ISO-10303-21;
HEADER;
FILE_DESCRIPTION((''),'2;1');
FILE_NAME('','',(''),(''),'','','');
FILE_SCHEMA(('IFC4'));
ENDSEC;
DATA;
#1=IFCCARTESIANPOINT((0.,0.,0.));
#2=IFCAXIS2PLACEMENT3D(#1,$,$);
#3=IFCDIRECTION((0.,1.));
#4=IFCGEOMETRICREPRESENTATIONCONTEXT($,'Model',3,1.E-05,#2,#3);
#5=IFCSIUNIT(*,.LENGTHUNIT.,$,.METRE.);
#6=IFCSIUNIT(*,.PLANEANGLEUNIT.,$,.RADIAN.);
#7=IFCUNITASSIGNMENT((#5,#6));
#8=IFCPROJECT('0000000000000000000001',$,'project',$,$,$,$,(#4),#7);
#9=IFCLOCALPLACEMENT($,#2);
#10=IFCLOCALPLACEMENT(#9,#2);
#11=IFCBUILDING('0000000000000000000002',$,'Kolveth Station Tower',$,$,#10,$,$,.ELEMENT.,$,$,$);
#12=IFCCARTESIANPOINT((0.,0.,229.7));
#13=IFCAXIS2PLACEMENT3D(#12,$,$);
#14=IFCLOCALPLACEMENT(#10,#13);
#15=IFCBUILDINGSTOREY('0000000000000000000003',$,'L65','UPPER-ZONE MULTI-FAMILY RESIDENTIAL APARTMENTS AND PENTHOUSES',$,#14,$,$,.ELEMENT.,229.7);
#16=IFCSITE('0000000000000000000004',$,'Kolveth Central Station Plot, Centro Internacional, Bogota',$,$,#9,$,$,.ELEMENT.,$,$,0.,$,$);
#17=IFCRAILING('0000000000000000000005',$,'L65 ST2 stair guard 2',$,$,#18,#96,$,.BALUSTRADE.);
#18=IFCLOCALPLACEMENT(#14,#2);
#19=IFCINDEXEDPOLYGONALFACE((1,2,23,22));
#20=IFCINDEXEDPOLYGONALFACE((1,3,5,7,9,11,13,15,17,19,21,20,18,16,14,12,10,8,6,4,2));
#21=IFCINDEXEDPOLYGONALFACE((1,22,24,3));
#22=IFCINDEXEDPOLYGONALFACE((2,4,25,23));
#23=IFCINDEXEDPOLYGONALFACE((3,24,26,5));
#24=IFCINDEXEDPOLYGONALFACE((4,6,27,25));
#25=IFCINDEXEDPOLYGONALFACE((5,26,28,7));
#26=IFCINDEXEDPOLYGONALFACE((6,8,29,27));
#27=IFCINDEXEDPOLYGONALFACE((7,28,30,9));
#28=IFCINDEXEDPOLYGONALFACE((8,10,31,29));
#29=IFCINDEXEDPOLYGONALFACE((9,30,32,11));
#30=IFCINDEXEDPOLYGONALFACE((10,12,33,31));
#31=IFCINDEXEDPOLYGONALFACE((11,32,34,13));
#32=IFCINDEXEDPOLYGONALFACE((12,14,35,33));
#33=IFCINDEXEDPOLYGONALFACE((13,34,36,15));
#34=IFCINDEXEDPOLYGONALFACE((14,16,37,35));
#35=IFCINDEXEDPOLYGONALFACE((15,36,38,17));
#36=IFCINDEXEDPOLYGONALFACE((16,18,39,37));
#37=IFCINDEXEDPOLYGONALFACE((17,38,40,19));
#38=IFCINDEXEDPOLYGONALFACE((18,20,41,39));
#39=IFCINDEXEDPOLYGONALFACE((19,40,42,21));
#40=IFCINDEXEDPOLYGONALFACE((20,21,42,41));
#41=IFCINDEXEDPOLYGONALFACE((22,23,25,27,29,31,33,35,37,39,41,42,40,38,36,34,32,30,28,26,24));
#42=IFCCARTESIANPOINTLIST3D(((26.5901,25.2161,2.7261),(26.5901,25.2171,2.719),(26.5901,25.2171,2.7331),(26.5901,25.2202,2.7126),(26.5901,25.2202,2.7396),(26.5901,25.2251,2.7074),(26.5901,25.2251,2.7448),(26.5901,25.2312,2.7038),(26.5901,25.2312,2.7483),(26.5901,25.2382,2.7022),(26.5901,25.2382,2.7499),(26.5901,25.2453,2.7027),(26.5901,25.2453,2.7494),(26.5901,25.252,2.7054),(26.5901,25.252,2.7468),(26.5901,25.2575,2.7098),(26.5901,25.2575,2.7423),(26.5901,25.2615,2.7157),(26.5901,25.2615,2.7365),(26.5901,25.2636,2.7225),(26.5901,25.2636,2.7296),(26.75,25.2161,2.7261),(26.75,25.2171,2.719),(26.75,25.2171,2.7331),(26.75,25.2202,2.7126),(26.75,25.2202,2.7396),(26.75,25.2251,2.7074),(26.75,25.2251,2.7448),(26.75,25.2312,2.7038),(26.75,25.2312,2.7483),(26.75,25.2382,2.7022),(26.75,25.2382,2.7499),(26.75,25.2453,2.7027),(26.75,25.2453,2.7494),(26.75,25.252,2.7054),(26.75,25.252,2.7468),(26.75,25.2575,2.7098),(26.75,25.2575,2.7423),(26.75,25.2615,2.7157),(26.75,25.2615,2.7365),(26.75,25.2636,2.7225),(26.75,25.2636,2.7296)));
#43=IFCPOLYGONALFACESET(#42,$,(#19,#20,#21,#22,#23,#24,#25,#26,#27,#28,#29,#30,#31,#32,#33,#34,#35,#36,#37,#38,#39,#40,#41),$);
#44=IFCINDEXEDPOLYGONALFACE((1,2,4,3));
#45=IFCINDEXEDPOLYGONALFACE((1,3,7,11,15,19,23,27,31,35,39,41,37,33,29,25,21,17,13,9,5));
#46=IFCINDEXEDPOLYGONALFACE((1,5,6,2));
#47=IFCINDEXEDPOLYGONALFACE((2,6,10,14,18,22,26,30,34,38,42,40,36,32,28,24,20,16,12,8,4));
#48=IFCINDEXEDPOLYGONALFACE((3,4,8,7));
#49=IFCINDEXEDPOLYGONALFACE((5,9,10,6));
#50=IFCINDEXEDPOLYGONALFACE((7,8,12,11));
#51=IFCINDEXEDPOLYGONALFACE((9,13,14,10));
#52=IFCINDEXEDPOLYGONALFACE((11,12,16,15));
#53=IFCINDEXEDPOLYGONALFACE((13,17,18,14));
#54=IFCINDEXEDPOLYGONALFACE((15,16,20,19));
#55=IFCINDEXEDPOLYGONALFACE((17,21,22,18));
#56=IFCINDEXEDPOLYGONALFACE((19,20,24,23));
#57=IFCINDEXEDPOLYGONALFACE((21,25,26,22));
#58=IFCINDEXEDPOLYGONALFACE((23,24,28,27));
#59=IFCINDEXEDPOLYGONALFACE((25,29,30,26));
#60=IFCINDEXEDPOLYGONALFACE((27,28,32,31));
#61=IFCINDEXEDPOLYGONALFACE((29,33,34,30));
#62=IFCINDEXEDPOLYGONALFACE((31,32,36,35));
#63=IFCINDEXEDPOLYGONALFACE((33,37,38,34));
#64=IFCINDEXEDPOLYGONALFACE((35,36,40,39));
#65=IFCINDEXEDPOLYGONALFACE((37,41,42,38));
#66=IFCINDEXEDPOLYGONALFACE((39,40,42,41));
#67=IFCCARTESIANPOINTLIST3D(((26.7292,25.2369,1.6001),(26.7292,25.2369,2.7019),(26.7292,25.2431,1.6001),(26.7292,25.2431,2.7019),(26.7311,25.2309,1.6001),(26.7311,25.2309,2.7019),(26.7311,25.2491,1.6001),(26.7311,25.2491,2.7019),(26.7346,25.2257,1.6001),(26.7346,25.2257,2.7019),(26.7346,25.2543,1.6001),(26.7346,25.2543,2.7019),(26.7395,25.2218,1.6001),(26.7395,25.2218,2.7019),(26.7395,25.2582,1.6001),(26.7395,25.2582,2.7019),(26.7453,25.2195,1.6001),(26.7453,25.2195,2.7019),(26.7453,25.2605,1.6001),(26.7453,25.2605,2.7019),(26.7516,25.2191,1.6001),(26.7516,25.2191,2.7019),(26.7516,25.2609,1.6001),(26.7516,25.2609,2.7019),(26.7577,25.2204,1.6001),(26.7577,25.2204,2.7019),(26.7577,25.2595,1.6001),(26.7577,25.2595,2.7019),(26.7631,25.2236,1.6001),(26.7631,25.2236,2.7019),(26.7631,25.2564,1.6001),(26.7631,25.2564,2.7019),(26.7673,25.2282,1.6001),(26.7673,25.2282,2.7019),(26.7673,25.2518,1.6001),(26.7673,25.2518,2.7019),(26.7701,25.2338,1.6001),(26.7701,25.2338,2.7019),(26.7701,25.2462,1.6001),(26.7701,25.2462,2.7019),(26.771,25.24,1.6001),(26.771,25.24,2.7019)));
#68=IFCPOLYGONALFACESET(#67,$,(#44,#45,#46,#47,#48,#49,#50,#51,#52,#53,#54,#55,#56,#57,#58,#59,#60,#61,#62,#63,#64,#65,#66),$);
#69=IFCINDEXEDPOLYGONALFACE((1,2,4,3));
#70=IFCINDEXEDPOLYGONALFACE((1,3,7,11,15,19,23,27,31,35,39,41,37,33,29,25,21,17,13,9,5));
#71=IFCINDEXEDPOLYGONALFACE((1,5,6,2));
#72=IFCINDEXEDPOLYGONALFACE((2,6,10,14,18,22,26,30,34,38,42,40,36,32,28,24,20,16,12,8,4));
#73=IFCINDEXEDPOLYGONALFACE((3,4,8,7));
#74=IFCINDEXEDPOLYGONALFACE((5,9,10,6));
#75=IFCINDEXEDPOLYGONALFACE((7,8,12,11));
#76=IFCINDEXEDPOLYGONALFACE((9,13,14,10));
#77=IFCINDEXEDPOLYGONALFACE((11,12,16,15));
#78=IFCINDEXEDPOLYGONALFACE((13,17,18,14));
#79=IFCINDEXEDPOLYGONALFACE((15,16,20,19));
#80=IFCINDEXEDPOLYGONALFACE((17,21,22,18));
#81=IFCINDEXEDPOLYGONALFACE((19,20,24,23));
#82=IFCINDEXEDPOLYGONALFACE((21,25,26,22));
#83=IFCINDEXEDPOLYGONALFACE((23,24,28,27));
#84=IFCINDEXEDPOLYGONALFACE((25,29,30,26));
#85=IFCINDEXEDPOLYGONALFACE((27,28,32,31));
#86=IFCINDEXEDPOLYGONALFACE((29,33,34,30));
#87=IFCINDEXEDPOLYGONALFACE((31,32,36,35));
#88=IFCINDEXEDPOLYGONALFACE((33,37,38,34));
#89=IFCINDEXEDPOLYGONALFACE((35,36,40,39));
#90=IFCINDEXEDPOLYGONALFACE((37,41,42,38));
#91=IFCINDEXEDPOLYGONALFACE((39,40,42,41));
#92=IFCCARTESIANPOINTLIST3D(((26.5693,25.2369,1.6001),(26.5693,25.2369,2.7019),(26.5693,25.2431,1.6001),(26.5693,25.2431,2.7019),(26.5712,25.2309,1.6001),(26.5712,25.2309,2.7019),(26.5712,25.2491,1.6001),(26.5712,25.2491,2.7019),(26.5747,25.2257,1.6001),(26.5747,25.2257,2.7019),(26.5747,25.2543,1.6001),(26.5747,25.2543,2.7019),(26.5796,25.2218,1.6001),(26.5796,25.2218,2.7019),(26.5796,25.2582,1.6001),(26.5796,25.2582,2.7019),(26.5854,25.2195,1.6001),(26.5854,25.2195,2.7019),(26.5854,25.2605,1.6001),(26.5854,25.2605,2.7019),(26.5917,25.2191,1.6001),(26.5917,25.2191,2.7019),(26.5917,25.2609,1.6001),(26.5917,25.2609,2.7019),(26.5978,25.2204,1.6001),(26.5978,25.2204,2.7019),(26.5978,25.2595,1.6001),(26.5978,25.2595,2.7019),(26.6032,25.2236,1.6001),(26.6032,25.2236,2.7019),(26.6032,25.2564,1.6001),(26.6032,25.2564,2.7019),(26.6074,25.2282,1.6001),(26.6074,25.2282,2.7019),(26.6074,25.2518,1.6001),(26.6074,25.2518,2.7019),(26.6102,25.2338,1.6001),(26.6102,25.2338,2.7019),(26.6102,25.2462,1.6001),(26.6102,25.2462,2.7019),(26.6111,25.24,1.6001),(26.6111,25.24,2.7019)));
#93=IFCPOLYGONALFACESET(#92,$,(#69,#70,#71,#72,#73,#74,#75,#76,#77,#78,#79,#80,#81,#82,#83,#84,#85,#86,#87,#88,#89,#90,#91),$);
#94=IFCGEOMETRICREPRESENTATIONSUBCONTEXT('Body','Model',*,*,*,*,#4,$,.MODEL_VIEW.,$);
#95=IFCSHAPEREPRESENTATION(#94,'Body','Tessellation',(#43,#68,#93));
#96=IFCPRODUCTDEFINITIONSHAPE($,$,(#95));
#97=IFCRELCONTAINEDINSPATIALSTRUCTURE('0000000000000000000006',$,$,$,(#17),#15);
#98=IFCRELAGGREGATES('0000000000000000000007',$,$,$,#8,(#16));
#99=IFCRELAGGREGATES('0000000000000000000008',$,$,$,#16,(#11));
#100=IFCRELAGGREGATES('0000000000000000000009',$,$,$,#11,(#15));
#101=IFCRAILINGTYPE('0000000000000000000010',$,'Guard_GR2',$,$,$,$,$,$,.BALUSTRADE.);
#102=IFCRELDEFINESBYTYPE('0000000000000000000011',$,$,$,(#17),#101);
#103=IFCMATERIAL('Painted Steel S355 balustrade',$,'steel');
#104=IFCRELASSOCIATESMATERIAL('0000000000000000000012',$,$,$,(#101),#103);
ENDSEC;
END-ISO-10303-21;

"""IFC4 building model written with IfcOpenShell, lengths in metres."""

from ifc_helpers import new_model, si_unit, direction, frame, origin, origin_2d, place, context, subcontext, project, spatial, circle, extrude, material, type_object, element, save


model = new_model("IFC4")

# Units and contexts
model_context = context("Model", 3, precision=1e-05, world=origin(), true_north=direction((0.0, 1.0)))
body_context = subcontext(model_context, "Body", "Model", "MODEL_VIEW")
ifc_project = project(units=[si_unit("LENGTHUNIT", "METRE"), si_unit("PLANEANGLEUNIT", "RADIAN")], contexts=[model_context])

# Site, building, storey
site_placement = place(None, origin())
site = spatial("IfcSite", under=ifc_project, at=site_placement, Name="Kolveth Central Station Plot, Centro Internacional, Bogota", CompositionType="ELEMENT", RefElevation=0.0)
building_placement = place(site_placement, origin())
building = spatial("IfcBuilding", under=site, at=building_placement, Name="Kolveth Station Tower", CompositionType="ELEMENT")
storey_placement = place(building_placement, frame((0.0, 0.0, 229.7)))
storey = spatial("IfcBuildingStorey", under=building, at=storey_placement, Name="L65", Description="UPPER-ZONE MULTI-FAMILY RESIDENTIAL APARTMENTS AND PENTHOUSES", CompositionType="ELEMENT", Elevation=229.7)

# Railing
ifc_material_1 = material(Name="Painted Steel S355 balustrade", Category="steel")
railing_type = type_object("IfcRailingType", Name="Guard_GR2", PredefinedType="BALUSTRADE", material=ifc_material_1)
railing_1_placement = place(storey_placement, frame((26.75, 25.24, 1.6001)))
element("IfcRailing", 1, at=railing_1_placement, inside=storey, type_object=railing_type, Name="L65 ST2 stair guard 2", PredefinedType="BALUSTRADE", context=body_context, shape_type="SweptSolid", body=[
    extrude(circle(Radius=0.0239, at=origin_2d()), frame((0.0, 0.0, 1.126), z_axis=(-1.0, 0.0, 0.0), x_axis=(0.0, -1.0, 0.0)), (0.0, 0.0, 1.0), 0.1599),
    extrude(circle(Radius=0.021, at=origin_2d()), origin(), (0.0, 0.0, 1.0), 1.1018),
    extrude(circle(Radius=0.021, at=origin_2d()), frame((-0.1599, 0.0, 0.0)), (0.0, 0.0, 1.0), 1.1018),
])

save(model, "model.ifc")
